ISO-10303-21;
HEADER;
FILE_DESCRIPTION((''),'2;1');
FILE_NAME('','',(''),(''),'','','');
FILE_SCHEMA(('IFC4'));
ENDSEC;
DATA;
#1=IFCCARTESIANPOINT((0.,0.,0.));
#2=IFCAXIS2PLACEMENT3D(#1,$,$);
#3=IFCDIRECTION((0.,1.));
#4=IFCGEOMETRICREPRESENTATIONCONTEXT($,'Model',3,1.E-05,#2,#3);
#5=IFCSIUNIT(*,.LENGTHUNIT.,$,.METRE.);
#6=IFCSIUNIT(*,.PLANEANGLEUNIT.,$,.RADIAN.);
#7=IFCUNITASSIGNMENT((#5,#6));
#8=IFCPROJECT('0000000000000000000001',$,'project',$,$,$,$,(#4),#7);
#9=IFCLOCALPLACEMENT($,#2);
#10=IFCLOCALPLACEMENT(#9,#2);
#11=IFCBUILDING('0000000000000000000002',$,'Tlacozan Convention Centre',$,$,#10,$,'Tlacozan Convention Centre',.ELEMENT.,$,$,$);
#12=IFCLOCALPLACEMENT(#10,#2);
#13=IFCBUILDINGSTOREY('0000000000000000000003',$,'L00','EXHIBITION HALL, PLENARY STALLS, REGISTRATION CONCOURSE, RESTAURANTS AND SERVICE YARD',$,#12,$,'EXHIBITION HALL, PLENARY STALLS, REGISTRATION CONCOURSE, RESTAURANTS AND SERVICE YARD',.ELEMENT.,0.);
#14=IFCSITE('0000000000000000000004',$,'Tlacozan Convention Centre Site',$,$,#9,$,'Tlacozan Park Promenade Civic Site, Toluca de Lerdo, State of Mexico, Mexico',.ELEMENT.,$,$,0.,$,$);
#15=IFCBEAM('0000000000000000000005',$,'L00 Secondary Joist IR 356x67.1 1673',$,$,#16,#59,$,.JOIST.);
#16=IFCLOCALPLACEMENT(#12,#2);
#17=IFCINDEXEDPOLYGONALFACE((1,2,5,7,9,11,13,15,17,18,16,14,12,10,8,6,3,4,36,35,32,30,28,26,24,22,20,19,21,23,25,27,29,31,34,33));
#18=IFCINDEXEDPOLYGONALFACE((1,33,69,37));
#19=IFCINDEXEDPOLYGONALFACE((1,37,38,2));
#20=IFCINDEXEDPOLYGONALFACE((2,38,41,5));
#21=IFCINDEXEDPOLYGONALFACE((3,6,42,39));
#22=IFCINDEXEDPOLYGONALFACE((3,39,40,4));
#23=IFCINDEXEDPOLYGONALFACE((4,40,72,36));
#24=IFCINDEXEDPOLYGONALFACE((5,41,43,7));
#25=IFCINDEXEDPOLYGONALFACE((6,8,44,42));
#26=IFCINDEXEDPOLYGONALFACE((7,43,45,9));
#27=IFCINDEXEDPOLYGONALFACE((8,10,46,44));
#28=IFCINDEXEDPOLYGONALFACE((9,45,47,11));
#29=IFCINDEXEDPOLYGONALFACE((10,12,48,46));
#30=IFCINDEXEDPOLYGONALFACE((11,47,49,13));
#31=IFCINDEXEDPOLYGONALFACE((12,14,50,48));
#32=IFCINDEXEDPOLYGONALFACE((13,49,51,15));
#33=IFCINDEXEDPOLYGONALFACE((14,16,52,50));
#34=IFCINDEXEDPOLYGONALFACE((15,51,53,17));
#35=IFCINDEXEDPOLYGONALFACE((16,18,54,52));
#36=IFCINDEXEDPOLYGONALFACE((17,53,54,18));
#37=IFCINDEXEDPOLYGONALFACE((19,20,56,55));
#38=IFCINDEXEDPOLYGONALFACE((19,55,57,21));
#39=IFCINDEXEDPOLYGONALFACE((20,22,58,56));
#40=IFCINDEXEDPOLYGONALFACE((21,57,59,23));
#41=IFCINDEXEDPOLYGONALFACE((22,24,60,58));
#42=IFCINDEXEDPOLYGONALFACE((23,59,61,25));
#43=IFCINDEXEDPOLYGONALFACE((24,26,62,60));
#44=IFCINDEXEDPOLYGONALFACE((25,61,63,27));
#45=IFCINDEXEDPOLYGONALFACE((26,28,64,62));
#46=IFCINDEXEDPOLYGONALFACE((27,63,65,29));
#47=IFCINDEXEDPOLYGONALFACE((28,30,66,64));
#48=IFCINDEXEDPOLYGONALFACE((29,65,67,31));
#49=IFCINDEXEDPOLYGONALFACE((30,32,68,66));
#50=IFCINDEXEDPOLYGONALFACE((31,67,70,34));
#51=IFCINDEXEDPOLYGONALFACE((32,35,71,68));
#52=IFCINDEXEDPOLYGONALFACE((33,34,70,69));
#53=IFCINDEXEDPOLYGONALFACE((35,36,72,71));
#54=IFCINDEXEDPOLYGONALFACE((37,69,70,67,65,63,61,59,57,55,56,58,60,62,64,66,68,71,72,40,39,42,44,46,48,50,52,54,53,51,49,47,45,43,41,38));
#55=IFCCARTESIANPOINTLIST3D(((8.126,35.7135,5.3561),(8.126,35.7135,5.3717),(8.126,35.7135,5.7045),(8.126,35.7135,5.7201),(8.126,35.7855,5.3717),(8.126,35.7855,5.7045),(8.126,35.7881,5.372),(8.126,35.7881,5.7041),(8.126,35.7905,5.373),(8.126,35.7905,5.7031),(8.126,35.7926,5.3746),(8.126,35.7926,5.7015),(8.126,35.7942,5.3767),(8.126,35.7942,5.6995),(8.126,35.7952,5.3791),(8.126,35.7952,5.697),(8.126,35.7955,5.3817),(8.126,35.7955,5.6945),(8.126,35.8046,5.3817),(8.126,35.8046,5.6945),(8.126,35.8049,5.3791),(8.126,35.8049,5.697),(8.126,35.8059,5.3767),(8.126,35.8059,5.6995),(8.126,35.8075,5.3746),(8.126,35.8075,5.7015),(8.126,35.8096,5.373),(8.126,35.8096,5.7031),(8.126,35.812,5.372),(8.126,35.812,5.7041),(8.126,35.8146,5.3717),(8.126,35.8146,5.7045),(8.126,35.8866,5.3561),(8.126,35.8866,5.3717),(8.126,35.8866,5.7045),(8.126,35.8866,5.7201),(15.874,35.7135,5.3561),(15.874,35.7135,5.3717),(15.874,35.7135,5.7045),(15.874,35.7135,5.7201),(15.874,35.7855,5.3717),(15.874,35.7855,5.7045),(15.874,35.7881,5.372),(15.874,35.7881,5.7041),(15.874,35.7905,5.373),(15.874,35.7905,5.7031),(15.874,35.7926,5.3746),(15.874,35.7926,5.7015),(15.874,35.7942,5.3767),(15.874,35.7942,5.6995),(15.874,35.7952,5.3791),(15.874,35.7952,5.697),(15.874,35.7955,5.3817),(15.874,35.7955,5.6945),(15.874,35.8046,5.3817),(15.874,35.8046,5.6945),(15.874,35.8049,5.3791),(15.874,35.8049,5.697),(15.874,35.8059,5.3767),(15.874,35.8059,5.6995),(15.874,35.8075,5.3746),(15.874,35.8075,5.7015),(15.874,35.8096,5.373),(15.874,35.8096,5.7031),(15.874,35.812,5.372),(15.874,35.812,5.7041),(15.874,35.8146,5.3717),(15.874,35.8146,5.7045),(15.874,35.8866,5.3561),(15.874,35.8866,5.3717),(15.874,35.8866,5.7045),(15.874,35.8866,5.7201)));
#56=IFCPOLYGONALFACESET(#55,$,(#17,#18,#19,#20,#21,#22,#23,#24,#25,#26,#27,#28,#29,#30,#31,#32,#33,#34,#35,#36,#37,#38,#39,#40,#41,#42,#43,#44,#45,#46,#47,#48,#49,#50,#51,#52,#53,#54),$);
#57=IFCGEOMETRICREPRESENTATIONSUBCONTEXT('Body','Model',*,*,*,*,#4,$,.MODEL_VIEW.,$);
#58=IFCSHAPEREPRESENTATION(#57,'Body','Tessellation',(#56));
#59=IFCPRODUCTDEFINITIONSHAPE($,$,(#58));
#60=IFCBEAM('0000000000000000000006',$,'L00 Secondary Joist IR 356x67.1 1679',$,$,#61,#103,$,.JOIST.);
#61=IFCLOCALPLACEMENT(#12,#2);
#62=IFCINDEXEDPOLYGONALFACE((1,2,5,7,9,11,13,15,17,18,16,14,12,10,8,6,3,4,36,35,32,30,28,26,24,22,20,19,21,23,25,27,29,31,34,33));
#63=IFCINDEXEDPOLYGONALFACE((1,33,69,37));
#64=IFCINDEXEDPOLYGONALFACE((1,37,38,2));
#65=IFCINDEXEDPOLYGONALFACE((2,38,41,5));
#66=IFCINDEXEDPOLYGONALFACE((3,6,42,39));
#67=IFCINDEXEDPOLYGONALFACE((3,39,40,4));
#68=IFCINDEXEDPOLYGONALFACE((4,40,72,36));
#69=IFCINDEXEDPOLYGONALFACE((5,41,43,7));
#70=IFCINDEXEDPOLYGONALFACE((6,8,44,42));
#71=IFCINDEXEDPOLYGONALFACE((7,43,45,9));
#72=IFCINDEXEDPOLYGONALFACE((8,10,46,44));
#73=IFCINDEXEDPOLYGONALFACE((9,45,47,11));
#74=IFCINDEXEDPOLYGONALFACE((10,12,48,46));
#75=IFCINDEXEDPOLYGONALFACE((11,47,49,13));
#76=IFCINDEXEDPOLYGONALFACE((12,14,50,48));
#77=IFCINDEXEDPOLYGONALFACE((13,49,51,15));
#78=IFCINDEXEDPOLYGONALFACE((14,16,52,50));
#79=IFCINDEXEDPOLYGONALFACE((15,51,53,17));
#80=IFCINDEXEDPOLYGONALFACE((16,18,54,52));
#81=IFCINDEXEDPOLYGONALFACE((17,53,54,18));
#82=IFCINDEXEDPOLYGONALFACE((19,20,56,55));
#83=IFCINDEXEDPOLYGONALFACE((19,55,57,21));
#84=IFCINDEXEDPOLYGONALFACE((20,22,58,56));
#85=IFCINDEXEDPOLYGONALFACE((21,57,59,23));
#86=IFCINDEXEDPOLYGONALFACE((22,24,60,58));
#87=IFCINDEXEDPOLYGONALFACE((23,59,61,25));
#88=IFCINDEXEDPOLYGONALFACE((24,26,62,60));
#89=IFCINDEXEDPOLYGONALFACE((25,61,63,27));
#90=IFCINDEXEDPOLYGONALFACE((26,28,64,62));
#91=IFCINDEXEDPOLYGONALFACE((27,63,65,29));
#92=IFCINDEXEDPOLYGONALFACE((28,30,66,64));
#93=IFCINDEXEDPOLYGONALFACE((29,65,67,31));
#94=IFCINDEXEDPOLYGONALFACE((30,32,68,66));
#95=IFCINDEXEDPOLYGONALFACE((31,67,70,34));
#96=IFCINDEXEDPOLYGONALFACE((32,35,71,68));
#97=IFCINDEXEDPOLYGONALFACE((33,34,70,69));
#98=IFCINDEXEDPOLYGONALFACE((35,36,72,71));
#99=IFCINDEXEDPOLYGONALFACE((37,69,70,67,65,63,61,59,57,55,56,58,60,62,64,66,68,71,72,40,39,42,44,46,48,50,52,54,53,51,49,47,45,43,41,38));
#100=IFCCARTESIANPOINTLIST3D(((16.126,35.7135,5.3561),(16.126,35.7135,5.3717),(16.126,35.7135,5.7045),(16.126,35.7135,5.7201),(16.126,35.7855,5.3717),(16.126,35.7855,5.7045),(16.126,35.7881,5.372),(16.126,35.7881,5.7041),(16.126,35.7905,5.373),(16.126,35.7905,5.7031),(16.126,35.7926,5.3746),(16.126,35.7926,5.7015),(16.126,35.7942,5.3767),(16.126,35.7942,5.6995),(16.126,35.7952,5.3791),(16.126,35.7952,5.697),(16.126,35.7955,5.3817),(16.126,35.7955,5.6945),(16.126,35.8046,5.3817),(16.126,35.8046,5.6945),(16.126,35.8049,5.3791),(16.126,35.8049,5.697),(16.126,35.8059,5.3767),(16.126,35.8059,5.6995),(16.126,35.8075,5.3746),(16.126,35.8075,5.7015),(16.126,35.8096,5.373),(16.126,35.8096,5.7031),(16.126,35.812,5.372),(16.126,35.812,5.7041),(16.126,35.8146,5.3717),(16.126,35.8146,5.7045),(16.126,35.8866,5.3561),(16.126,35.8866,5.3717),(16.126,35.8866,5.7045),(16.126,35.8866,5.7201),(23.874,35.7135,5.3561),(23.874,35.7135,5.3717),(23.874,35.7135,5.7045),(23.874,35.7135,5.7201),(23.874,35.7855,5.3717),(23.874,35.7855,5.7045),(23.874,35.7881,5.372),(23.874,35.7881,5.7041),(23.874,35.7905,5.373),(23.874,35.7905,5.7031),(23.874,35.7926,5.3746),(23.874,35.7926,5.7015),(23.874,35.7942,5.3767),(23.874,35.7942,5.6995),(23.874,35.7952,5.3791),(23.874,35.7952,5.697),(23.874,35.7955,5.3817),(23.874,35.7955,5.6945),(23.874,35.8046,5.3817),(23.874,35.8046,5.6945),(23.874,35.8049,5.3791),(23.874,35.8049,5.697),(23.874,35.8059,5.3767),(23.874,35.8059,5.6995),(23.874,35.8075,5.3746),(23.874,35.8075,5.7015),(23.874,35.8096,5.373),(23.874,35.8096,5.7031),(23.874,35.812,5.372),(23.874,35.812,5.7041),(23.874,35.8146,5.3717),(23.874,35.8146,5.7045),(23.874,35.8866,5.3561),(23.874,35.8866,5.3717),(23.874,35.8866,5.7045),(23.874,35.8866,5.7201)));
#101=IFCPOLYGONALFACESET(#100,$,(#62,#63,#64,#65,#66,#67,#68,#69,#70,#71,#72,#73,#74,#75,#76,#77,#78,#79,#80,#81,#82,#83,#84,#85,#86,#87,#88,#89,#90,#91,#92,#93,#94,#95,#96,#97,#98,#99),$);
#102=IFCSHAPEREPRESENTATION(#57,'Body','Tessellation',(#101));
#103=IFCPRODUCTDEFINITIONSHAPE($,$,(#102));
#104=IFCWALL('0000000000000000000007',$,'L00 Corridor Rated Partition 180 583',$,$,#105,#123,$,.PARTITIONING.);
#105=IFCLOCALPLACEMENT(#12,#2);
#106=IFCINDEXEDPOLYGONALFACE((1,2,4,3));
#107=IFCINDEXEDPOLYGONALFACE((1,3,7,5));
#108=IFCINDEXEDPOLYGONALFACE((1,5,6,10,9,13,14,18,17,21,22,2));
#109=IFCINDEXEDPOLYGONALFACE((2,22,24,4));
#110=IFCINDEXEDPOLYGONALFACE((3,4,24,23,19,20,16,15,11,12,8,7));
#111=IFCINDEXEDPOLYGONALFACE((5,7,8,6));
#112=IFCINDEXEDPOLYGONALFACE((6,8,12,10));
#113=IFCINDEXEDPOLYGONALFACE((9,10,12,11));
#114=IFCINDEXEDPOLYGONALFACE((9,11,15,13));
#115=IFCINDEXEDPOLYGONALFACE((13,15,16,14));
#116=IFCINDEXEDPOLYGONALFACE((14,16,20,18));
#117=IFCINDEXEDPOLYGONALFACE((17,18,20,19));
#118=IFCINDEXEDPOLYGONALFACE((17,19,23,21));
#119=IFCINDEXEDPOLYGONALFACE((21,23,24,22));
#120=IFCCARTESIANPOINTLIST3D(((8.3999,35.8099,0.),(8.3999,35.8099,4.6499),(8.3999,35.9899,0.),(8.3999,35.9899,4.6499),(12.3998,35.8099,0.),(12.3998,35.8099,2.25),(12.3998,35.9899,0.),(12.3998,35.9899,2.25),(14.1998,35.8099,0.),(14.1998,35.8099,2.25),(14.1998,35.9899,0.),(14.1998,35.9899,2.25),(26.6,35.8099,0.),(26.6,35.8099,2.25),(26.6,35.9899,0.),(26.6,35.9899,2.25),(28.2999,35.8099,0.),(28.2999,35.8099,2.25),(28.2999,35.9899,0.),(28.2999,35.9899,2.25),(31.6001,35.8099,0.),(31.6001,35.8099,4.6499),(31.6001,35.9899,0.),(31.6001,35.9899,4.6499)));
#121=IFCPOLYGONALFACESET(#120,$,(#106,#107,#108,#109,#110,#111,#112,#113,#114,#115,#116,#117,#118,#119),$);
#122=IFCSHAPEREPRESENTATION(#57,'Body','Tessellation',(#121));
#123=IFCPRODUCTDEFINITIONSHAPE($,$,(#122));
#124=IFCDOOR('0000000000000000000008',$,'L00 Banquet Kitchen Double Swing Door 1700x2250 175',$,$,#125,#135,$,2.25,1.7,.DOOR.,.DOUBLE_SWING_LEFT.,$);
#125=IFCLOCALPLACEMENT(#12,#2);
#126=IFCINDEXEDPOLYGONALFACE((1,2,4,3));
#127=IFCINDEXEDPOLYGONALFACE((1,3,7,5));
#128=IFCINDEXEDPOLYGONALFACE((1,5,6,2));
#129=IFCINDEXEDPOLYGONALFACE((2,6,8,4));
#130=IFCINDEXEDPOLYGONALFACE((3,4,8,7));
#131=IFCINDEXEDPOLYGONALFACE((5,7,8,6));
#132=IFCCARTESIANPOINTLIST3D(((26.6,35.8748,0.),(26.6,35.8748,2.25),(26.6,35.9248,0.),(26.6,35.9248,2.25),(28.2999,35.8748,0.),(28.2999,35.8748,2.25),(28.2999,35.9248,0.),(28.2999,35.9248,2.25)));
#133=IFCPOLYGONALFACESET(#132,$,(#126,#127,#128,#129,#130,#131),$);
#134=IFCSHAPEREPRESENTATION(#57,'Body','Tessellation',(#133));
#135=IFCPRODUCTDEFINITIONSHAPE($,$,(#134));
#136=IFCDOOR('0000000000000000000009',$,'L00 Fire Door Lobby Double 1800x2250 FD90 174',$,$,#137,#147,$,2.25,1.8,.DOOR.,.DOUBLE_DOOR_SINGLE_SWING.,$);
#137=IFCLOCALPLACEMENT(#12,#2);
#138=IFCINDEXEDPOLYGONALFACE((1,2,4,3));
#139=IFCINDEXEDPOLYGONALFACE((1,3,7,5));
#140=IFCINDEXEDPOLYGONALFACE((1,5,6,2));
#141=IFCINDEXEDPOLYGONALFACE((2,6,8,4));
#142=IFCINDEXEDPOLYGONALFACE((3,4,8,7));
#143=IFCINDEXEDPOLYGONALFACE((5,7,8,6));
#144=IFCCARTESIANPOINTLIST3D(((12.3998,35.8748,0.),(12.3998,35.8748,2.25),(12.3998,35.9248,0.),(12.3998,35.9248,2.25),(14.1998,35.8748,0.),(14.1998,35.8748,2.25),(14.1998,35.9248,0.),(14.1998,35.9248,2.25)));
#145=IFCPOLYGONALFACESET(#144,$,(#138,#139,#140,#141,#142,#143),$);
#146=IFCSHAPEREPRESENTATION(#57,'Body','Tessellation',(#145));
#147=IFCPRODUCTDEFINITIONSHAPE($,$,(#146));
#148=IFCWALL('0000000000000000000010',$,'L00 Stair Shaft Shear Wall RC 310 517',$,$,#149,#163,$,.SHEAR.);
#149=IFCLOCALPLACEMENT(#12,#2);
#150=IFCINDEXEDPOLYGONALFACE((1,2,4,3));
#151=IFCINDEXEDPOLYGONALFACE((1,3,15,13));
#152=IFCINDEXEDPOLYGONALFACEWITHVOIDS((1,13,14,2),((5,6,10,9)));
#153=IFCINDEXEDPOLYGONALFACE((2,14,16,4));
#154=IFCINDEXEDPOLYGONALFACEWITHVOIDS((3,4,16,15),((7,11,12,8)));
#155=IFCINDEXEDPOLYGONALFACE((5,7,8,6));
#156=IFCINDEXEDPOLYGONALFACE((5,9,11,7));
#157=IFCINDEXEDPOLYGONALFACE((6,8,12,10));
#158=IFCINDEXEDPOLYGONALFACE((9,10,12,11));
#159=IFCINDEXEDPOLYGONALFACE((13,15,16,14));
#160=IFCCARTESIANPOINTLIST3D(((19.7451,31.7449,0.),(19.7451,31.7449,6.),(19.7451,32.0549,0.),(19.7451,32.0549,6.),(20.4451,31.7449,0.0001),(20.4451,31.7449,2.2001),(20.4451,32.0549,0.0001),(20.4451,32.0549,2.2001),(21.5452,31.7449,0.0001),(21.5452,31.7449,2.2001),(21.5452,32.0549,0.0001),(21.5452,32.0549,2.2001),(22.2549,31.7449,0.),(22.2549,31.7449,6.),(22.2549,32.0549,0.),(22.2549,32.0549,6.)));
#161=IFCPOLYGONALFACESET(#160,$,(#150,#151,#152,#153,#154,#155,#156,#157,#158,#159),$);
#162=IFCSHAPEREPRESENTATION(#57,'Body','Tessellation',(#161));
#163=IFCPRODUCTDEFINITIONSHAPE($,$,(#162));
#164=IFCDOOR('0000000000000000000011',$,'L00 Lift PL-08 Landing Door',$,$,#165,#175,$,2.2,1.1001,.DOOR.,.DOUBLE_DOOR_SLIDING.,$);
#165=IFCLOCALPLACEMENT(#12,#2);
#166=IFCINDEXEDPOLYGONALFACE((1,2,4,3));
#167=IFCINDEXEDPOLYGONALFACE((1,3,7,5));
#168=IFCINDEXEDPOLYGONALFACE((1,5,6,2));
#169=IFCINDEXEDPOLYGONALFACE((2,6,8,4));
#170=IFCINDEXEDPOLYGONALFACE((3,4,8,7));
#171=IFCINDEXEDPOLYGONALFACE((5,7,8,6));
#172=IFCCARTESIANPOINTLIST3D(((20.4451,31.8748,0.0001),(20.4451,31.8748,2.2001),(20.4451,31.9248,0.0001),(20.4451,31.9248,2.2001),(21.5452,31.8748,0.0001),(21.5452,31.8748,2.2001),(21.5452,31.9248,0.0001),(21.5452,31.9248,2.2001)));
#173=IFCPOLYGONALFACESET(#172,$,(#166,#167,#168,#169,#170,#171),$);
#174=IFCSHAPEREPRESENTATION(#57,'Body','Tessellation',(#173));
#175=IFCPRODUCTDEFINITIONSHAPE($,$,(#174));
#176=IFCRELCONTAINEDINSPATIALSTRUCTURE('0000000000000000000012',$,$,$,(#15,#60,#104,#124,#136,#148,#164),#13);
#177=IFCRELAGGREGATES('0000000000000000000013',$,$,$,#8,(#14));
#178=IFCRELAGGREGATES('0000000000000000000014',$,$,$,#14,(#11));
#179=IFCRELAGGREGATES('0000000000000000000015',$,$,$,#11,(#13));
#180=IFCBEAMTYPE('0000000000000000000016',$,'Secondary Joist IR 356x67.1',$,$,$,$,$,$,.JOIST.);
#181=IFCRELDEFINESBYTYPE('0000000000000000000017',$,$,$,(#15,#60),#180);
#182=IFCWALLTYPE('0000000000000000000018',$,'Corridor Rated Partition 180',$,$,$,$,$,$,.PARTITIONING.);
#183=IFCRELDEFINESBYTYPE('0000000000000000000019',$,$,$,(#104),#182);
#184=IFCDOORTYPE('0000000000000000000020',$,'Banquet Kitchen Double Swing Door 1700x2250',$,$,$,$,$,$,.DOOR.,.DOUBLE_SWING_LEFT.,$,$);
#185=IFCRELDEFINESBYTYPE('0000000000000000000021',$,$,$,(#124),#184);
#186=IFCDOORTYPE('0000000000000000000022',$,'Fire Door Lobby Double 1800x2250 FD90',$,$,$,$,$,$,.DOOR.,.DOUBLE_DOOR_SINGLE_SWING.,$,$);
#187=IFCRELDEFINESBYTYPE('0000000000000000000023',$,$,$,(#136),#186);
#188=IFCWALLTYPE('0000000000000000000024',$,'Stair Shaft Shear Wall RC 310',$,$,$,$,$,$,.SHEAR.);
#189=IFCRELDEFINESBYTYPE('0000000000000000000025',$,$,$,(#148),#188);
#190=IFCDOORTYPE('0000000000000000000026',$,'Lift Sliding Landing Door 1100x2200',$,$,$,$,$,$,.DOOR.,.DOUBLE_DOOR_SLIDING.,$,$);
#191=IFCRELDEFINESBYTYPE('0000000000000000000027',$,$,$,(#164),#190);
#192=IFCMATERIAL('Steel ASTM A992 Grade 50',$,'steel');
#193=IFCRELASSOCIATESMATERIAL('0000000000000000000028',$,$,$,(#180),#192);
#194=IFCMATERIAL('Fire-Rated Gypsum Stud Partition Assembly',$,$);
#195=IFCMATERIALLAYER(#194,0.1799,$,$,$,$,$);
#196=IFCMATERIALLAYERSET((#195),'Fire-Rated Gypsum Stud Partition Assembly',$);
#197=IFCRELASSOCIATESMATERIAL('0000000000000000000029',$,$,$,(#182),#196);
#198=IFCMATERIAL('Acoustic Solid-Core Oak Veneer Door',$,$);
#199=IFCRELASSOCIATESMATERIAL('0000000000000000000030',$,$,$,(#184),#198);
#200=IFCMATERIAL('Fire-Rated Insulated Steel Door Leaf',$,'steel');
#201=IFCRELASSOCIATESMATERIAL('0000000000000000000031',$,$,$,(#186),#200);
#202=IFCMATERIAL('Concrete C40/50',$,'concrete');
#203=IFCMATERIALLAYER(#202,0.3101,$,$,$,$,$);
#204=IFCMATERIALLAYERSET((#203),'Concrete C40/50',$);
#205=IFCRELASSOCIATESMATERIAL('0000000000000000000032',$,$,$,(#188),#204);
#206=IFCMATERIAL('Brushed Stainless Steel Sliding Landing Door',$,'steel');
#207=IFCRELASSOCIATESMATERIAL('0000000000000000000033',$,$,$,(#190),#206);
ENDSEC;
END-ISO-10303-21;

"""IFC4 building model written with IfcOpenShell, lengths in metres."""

from ifc_helpers import new_model, si_unit, direction, frame, frame_2d, origin, origin_2d, place, context, subcontext, project, spatial, rectangle, i_section, extrude, material, layer, layer_set, material_profile, profile_set, type_object, element, fill, save


model = new_model("IFC4")

# Units and contexts
model_context = context("Model", 3, precision=1e-05, world=origin(), true_north=direction((0.0, 1.0)))
body_context = subcontext(model_context, "Body", "Model", "MODEL_VIEW")
ifc_project = project(units=[si_unit("LENGTHUNIT", "METRE"), si_unit("PLANEANGLEUNIT", "RADIAN")], contexts=[model_context])

# Site, building, storey
site_placement = place(None, origin())
site = spatial("IfcSite", under=ifc_project, at=site_placement, Name="Tlacozan Convention Centre Site", LongName="Tlacozan Park Promenade Civic Site, Toluca de Lerdo, State of Mexico, Mexico", CompositionType="ELEMENT", RefElevation=0.0)
building_placement = place(site_placement, origin())
building = spatial("IfcBuilding", under=site, at=building_placement, Name="Tlacozan Convention Centre", LongName="Tlacozan Convention Centre", CompositionType="ELEMENT")
storey_placement = place(building_placement, origin())
storey = spatial("IfcBuildingStorey", under=building, at=storey_placement, Name="L00", Description="EXHIBITION HALL, PLENARY STALLS, REGISTRATION CONCOURSE, RESTAURANTS AND SERVICE YARD", LongName="EXHIBITION HALL, PLENARY STALLS, REGISTRATION CONCOURSE, RESTAURANTS AND SERVICE YARD", CompositionType="ELEMENT", Elevation=0.0)

# Shared definitions
ifc_material_1 = material(Name="Steel ASTM A992 Grade 50", Category="steel")

# Beams
ifc_material_profile_1 = material_profile(ifc_material_1, i_section(OverallWidth=0.1731, OverallDepth=0.364, WebThickness=0.009, FlangeThickness=0.0156, FilletRadius=0.01, at=origin_2d()), Name="IR 356x67.1")
ifc_profile_set_1 = profile_set([ifc_material_profile_1], Name="Steel ASTM A992 Grade 50")
beam_type_1 = type_object("IfcBeamType", Name="Secondary Joist IR 356x67.1", PredefinedType="JOIST", material=ifc_profile_set_1)
for number, where, z_axis, x_axis, name in (
    (1, (8.126, 35.8, 5.5381), (1.0, 0.0, 0.0), (0.0, 1.0, 0.0), "L00 Secondary Joist IR 356x67.1 1673"),
    (2, (16.126, 35.8, 5.5381), (1.0, 0.0, 0.0), (0.0, 1.0, 0.0), "L00 Secondary Joist IR 356x67.1 1679"),
):
    element("IfcBeam", number, at=place(storey_placement, frame(where, z_axis=z_axis, x_axis=x_axis)), inside=storey, type_object=beam_type_1, Name=name, PredefinedType="JOIST", context=body_context, shape_type="SweptSolid", body=[
        extrude(i_section(OverallWidth=0.1731, OverallDepth=0.364, WebThickness=0.009, FlangeThickness=0.0156, FilletRadius=0.01, at=origin_2d()), origin(), (0.0, 0.0, 1.0), 7.748),
    ])

# Wall, openings, doors
ifc_material_2 = material(Name="Fire-Rated Gypsum Stud Partition Assembly")
ifc_layer_1 = layer(ifc_material_2, 0.1799)
ifc_layer_set_1 = layer_set([ifc_layer_1], Name="Fire-Rated Gypsum Stud Partition Assembly")
wall_type_1 = type_object("IfcWallType", Name="Corridor Rated Partition 180", PredefinedType="PARTITIONING", material=ifc_layer_set_1)
wall_1_placement = place(storey_placement, frame((8.3999, 35.8999, 0.0), z_axis=(0.0, 0.0, 1.0), x_axis=(1.0, 0.0, 0.0)))
wall_1 = element("IfcWall", 3, at=wall_1_placement, inside=storey, type_object=wall_type_1, Name="L00 Corridor Rated Partition 180 583", PredefinedType="PARTITIONING", context=body_context, shape_type="SweptSolid", body=[
    extrude(rectangle(XDim=23.2002, YDim=0.1799, at=frame_2d((11.6001, 0.0))), origin(), (0.0, 0.0, 1.0), 4.6499),
])
opening_1_placement = place(wall_1_placement, frame((4.0, 0.0, 0.0)))
opening_1 = element("IfcOpeningElement", 4, at=opening_1_placement, cuts=wall_1, PredefinedType="OPENING", context=body_context, shape_type="SweptSolid", body=[
    extrude(rectangle(XDim=1.8, YDim=2.25, at=frame_2d((0.8999, 1.125))), frame((0.0, 0.0999, 0.0), z_axis=(0.0, -1.0, 0.0), x_axis=(1.0, 0.0, 0.0)), (0.0, 0.0, 1.0), 0.2),
])
opening_2_placement = place(wall_1_placement, frame((18.2, 0.0, 0.0)))
opening_2 = element("IfcOpeningElement", 5, at=opening_2_placement, cuts=wall_1, PredefinedType="OPENING", context=body_context, shape_type="SweptSolid", body=[
    extrude(rectangle(XDim=1.7, YDim=2.25, at=frame_2d((0.8501, 1.125))), frame((0.0, 0.0999, 0.0), z_axis=(0.0, -1.0, 0.0), x_axis=(1.0, 0.0, 0.0)), (0.0, 0.0, 1.0), 0.2),
])
ifc_material_3 = material(Name="Acoustic Solid-Core Oak Veneer Door")
door_type_1 = type_object("IfcDoorType", Name="Banquet Kitchen Double Swing Door 1700x2250", OperationType="DOUBLE_SWING_LEFT", PredefinedType="DOOR", material=ifc_material_3)
door_1_placement = place(opening_2_placement, origin())
door_1 = element("IfcDoor", 6, at=door_1_placement, inside=storey, type_object=door_type_1, Name="L00 Banquet Kitchen Double Swing Door 1700x2250 175", OperationType="DOUBLE_SWING_LEFT", OverallHeight=2.25, OverallWidth=1.7, PredefinedType="DOOR", context=body_context, shape_type="SweptSolid", body=[
    extrude(rectangle(XDim=1.7, YDim=2.25, at=frame_2d((0.8501, 1.125))), frame((0.0, 0.0249, 0.0), z_axis=(0.0, -1.0, 0.0), x_axis=(1.0, 0.0, 0.0)), (0.0, 0.0, 1.0), 0.05),
])
fill(opening_2, door_1)
ifc_material_4 = material(Name="Fire-Rated Insulated Steel Door Leaf", Category="steel")
door_type_2 = type_object("IfcDoorType", Name="Fire Door Lobby Double 1800x2250 FD90", OperationType="DOUBLE_DOOR_SINGLE_SWING", PredefinedType="DOOR", material=ifc_material_4)
door_2_placement = place(opening_1_placement, origin())
door_2 = element("IfcDoor", 7, at=door_2_placement, inside=storey, type_object=door_type_2, Name="L00 Fire Door Lobby Double 1800x2250 FD90 174", OperationType="DOUBLE_DOOR_SINGLE_SWING", OverallHeight=2.25, OverallWidth=1.8, PredefinedType="DOOR", context=body_context, shape_type="SweptSolid", body=[
    extrude(rectangle(XDim=1.8, YDim=2.25, at=frame_2d((0.8999, 1.125))), frame((0.0, 0.0249, 0.0), z_axis=(0.0, -1.0, 0.0), x_axis=(1.0, 0.0, 0.0)), (0.0, 0.0, 1.0), 0.05),
])
fill(opening_1, door_2)

# Wall, opening, door
ifc_material_5 = material(Name="Concrete C40/50", Category="concrete")
ifc_layer_2 = layer(ifc_material_5, 0.3101)
ifc_layer_set_2 = layer_set([ifc_layer_2], Name="Concrete C40/50")
wall_type_2 = type_object("IfcWallType", Name="Stair Shaft Shear Wall RC 310", PredefinedType="SHEAR", material=ifc_layer_set_2)
wall_2_placement = place(storey_placement, frame((19.7451, 31.8999, 0.0), z_axis=(0.0, 0.0, 1.0), x_axis=(1.0, 0.0, 0.0)))
wall_2 = element("IfcWall", 8, at=wall_2_placement, inside=storey, type_object=wall_type_2, Name="L00 Stair Shaft Shear Wall RC 310 517", PredefinedType="SHEAR", context=body_context, shape_type="SweptSolid", body=[
    extrude(rectangle(XDim=2.5098, YDim=0.3101, at=frame_2d((1.2549, 0.0))), origin(), (0.0, 0.0, 1.0), 6.0),
])
opening_3_placement = place(wall_2_placement, frame((0.7, 0.0, 0.0)))
opening_3 = element("IfcOpeningElement", 9, at=opening_3_placement, cuts=wall_2, PredefinedType="OPENING", context=body_context, shape_type="SweptSolid", body=[
    extrude(rectangle(XDim=1.1001, YDim=2.2, at=frame_2d((0.55, 1.1001))), frame((0.0, 0.165, 0.0), z_axis=(0.0, -1.0, 0.0), x_axis=(1.0, 0.0, 0.0)), (0.0, 0.0, 1.0), 0.3301),
])
ifc_material_6 = material(Name="Brushed Stainless Steel Sliding Landing Door", Category="steel")
door_type_3 = type_object("IfcDoorType", Name="Lift Sliding Landing Door 1100x2200", OperationType="DOUBLE_DOOR_SLIDING", PredefinedType="DOOR", material=ifc_material_6)
door_3_placement = place(opening_3_placement, origin())
door_3 = element("IfcDoor", 10, at=door_3_placement, inside=storey, type_object=door_type_3, Name="L00 Lift PL-08 Landing Door", OperationType="DOUBLE_DOOR_SLIDING", OverallHeight=2.2, OverallWidth=1.1001, PredefinedType="DOOR", context=body_context, shape_type="SweptSolid", body=[
    extrude(rectangle(XDim=1.1001, YDim=2.2, at=frame_2d((0.55, 1.1001))), frame((0.0, 0.0249, 0.0), z_axis=(0.0, -1.0, 0.0), x_axis=(1.0, 0.0, 0.0)), (0.0, 0.0, 1.0), 0.05),
])
fill(opening_3, door_3)

save(model, "model.ifc")
